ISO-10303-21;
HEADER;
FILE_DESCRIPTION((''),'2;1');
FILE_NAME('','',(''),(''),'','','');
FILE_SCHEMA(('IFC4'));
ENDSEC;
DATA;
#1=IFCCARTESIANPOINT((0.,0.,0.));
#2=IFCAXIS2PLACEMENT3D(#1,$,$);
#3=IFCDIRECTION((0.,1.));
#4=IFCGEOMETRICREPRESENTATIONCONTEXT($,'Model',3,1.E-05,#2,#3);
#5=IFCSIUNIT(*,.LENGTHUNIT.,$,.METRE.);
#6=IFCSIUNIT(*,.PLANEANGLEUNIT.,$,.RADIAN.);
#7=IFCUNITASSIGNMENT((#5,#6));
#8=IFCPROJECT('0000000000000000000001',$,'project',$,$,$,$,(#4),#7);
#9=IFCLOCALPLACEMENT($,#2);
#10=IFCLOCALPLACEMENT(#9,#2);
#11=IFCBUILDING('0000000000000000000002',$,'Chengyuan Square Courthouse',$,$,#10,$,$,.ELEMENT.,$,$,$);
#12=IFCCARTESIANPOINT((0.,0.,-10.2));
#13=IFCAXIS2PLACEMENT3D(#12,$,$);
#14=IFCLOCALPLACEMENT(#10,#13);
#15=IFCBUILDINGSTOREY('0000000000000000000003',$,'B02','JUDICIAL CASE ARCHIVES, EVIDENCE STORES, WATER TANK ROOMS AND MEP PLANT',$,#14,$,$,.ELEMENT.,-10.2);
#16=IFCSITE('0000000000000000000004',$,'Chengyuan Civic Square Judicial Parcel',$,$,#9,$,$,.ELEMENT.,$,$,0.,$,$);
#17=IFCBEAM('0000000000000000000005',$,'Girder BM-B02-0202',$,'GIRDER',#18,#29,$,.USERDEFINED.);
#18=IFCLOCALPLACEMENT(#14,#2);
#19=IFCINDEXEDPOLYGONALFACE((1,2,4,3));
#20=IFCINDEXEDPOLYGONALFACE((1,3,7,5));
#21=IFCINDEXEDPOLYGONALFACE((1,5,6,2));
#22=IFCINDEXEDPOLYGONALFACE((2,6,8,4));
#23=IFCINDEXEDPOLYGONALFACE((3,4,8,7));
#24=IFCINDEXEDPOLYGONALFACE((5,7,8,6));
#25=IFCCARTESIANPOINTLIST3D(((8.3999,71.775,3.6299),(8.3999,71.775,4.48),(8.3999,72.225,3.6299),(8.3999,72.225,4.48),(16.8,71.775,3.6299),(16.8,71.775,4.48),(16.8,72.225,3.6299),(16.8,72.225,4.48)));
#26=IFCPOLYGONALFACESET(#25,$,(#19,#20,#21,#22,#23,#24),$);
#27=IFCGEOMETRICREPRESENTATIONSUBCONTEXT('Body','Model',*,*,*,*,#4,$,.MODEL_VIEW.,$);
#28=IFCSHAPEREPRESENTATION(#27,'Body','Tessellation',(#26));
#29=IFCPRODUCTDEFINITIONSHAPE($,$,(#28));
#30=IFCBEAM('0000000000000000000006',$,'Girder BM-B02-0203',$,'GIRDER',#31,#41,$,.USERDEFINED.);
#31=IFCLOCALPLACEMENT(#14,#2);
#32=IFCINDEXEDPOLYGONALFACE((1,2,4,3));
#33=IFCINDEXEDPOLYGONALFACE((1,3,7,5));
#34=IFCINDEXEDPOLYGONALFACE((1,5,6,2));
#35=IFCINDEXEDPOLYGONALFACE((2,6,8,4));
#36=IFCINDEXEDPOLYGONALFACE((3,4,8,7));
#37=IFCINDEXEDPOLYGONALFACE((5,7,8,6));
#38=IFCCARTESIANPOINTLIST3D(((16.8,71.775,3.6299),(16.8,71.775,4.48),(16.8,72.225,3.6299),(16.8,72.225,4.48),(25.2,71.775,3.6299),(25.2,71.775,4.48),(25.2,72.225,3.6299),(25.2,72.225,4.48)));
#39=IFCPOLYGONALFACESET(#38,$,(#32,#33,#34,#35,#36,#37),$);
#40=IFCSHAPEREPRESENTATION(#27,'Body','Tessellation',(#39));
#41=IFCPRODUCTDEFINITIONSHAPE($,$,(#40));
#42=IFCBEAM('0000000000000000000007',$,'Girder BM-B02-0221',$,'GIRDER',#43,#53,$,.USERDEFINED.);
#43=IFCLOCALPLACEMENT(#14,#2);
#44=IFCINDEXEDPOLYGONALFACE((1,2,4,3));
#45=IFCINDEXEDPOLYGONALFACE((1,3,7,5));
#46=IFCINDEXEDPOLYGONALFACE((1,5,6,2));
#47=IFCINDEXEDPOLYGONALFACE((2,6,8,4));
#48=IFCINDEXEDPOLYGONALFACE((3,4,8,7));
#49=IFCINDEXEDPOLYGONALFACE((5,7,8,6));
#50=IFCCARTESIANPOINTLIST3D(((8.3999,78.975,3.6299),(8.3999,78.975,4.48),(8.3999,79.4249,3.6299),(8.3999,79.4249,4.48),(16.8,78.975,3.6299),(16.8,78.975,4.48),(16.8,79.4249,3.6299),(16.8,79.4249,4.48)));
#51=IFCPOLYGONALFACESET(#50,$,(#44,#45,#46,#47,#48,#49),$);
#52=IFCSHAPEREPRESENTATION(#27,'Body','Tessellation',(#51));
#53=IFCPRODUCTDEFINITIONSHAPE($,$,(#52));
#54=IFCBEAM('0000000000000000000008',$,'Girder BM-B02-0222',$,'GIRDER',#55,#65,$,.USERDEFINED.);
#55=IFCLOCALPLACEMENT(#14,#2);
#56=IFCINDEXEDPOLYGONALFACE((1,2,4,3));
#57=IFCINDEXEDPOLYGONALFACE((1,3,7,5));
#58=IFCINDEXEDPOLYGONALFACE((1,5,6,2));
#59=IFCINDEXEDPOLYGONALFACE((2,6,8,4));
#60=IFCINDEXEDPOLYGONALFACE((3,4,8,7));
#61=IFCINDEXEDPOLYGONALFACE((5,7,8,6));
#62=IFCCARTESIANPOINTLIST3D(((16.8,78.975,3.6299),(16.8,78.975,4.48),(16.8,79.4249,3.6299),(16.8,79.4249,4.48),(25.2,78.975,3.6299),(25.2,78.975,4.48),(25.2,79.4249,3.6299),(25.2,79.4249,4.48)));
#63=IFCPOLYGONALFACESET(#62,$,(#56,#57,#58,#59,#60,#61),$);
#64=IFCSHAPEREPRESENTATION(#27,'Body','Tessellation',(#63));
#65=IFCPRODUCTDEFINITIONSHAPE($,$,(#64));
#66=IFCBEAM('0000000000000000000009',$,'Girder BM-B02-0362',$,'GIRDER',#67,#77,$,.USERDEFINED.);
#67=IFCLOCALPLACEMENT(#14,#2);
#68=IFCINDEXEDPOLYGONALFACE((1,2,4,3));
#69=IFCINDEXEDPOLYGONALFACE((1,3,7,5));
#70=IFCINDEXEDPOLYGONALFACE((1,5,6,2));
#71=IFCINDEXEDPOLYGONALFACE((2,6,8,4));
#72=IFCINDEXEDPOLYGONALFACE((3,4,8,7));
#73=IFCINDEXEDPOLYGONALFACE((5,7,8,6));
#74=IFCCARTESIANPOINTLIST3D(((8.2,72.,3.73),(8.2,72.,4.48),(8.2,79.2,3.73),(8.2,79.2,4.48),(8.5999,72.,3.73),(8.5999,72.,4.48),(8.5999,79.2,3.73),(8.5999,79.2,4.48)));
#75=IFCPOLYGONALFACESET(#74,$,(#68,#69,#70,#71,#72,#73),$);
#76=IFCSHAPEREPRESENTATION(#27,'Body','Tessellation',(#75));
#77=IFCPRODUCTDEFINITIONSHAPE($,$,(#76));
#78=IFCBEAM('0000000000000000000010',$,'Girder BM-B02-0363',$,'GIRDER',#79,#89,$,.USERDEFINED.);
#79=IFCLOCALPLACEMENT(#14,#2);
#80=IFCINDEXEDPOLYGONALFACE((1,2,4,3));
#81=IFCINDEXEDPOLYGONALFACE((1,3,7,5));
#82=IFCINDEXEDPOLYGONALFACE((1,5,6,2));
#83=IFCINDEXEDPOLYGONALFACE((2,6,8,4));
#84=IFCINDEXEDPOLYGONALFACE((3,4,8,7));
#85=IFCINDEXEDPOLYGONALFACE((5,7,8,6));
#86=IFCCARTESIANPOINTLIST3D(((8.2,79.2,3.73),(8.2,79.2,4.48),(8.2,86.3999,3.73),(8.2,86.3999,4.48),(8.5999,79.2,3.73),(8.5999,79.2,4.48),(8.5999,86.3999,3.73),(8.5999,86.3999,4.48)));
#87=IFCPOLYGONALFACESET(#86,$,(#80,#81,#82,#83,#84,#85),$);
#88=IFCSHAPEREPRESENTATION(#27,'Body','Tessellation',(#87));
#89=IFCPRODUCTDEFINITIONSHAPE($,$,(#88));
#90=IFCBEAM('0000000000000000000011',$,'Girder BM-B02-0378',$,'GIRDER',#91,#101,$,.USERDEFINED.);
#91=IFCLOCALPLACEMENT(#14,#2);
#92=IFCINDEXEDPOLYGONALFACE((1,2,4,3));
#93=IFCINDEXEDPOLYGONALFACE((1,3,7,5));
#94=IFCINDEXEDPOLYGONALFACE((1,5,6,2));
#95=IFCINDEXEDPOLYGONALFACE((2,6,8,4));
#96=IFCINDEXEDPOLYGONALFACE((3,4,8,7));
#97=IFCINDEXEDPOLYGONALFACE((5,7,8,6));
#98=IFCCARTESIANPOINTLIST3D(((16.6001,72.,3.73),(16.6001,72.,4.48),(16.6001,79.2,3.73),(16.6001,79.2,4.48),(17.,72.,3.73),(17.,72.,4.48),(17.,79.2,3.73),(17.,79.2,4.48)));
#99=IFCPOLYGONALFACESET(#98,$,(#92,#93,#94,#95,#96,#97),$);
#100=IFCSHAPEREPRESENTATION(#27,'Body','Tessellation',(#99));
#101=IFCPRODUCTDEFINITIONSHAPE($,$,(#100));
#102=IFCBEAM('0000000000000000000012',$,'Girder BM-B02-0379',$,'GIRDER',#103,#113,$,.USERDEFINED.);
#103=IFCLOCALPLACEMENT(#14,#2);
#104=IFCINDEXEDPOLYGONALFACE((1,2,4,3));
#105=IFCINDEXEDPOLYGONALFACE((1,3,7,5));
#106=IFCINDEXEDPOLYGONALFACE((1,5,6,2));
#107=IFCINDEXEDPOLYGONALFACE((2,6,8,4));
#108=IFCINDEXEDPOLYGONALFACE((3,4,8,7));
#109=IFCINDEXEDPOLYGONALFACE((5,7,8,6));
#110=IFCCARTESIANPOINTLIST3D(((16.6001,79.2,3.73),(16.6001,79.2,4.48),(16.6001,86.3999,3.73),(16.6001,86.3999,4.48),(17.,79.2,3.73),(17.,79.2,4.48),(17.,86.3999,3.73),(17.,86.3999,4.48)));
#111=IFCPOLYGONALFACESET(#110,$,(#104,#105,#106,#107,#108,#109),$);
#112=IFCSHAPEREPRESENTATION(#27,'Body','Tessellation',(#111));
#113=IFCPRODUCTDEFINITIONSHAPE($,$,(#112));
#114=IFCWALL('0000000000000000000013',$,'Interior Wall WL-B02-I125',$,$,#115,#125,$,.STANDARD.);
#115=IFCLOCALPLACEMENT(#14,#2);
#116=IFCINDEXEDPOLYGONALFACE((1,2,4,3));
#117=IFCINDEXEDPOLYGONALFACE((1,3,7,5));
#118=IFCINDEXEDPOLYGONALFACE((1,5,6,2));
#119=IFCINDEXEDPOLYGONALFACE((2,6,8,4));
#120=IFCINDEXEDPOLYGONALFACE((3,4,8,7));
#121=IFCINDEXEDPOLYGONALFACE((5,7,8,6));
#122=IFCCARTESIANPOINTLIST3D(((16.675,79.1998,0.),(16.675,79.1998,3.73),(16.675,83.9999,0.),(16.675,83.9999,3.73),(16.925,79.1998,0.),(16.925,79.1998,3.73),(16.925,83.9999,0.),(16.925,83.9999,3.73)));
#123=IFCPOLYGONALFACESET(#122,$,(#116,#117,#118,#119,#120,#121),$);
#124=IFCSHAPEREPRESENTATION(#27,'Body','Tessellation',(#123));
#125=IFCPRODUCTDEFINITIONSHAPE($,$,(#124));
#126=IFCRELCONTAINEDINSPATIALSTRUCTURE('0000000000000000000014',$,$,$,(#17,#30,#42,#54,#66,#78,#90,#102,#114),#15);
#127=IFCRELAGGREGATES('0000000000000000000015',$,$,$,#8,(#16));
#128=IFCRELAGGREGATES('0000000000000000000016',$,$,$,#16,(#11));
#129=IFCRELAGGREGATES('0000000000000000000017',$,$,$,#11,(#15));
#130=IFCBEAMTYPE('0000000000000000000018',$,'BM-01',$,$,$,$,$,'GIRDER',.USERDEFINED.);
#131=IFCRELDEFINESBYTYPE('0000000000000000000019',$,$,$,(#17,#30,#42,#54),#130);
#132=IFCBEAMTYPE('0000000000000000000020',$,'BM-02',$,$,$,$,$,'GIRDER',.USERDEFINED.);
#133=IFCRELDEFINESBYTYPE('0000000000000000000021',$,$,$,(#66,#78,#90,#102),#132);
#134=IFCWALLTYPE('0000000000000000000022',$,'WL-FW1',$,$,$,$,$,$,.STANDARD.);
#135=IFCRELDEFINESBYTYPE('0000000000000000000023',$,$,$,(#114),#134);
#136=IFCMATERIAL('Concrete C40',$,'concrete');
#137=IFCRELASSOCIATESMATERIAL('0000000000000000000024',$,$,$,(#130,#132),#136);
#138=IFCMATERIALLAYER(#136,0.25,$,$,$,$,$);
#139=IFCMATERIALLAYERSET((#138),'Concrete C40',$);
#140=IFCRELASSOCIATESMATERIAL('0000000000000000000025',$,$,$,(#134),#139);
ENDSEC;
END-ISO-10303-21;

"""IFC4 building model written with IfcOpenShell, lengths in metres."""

from ifc_helpers import new_model, si_unit, direction, frame, frame_2d, origin, origin_2d, place, context, subcontext, project, spatial, rectangle, extrude, material, layer, layer_set, material_profile, profile_set, type_object, element, save


model = new_model("IFC4")

# Units and contexts
model_context = context("Model", 3, precision=1e-05, world=origin(), true_north=direction((0.0, 1.0)))
body_context = subcontext(model_context, "Body", "Model", "MODEL_VIEW")
ifc_project = project(units=[si_unit("LENGTHUNIT", "METRE"), si_unit("PLANEANGLEUNIT", "RADIAN")], contexts=[model_context])

# Site, building, storey
site_placement = place(None, origin())
site = spatial("IfcSite", under=ifc_project, at=site_placement, Name="Chengyuan Civic Square Judicial Parcel", CompositionType="ELEMENT", RefElevation=0.0)
building_placement = place(site_placement, origin())
building = spatial("IfcBuilding", under=site, at=building_placement, Name="Chengyuan Square Courthouse", CompositionType="ELEMENT")
storey_placement = place(building_placement, frame((0.0, 0.0, -10.2)))
storey = spatial("IfcBuildingStorey", under=building, at=storey_placement, Name="B02", Description="JUDICIAL CASE ARCHIVES, EVIDENCE STORES, WATER TANK ROOMS AND MEP PLANT", CompositionType="ELEMENT", Elevation=-10.2)

# Shared definitions
ifc_material_1 = material(Name="Concrete C40", Category="concrete")

# Beams
ifc_material_profile_1 = material_profile(ifc_material_1, rectangle(XDim=0.45, YDim=0.8501, at=origin_2d()), Name="RC-BM-450x850")
ifc_profile_set_1 = profile_set([ifc_material_profile_1], Name="Concrete C40")
beam_type_1 = type_object("IfcBeamType", Name="BM-01", ElementType="GIRDER", PredefinedType="USERDEFINED", material=ifc_profile_set_1)
beam_1_placement = place(storey_placement, frame((8.3999, 72.0, 4.0549), z_axis=(1.0, 0.0, 0.0), x_axis=(0.0, 1.0, 0.0)))
element("IfcBeam", 1, at=beam_1_placement, inside=storey, type_object=beam_type_1, Name="Girder BM-B02-0202", ObjectType="GIRDER", PredefinedType="USERDEFINED", context=body_context, shape_type="SweptSolid", body=[
    extrude(rectangle(XDim=0.45, YDim=0.8501, at=origin_2d()), origin(), (0.0, 0.0, 1.0), 8.4001),
])
beam_2_placement = place(storey_placement, frame((16.8, 72.0, 4.0549), z_axis=(1.0, 0.0, 0.0), x_axis=(0.0, 1.0, 0.0)))
element("IfcBeam", 2, at=beam_2_placement, inside=storey, type_object=beam_type_1, Name="Girder BM-B02-0203", ObjectType="GIRDER", PredefinedType="USERDEFINED", context=body_context, shape_type="SweptSolid", body=[
    extrude(rectangle(XDim=0.45, YDim=0.8501, at=origin_2d()), origin(), (0.0, 0.0, 1.0), 8.3999),
])
beam_3_placement = place(storey_placement, frame((8.3999, 79.2, 4.0549), z_axis=(1.0, 0.0, 0.0), x_axis=(0.0, 1.0, 0.0)))
element("IfcBeam", 3, at=beam_3_placement, inside=storey, type_object=beam_type_1, Name="Girder BM-B02-0221", ObjectType="GIRDER", PredefinedType="USERDEFINED", context=body_context, shape_type="SweptSolid", body=[
    extrude(rectangle(XDim=0.45, YDim=0.8501, at=origin_2d()), origin(), (0.0, 0.0, 1.0), 8.4001),
])
beam_4_placement = place(storey_placement, frame((16.8, 79.2, 4.0549), z_axis=(1.0, 0.0, 0.0), x_axis=(0.0, 1.0, 0.0)))
element("IfcBeam", 4, at=beam_4_placement, inside=storey, type_object=beam_type_1, Name="Girder BM-B02-0222", ObjectType="GIRDER", PredefinedType="USERDEFINED", context=body_context, shape_type="SweptSolid", body=[
    extrude(rectangle(XDim=0.45, YDim=0.8501, at=origin_2d()), origin(), (0.0, 0.0, 1.0), 8.3999),
])
ifc_material_profile_2 = material_profile(ifc_material_1, rectangle(XDim=0.3999, YDim=0.75, at=origin_2d()), Name="RC-BM-400x750")
ifc_profile_set_2 = profile_set([ifc_material_profile_2], Name="Concrete C40")
beam_type_2 = type_object("IfcBeamType", Name="BM-02", ElementType="GIRDER", PredefinedType="USERDEFINED", material=ifc_profile_set_2)
for number, where, z_axis, x_axis, name in (
    (5, (8.3999, 72.0, 4.105), (0.0, 1.0, 0.0), (-1.0, 0.0, 0.0), "Girder BM-B02-0362"),
    (6, (8.3999, 79.2, 4.105), (0.0, 1.0, 0.0), (-1.0, 0.0, 0.0), "Girder BM-B02-0363"),
    (7, (16.8, 72.0, 4.105), (0.0, 1.0, 0.0), (-1.0, 0.0, 0.0), "Girder BM-B02-0378"),
    (8, (16.8, 79.2, 4.105), (0.0, 1.0, 0.0), (-1.0, 0.0, 0.0), "Girder BM-B02-0379"),
):
    element("IfcBeam", number, at=place(storey_placement, frame(where, z_axis=z_axis, x_axis=x_axis)), inside=storey, type_object=beam_type_2, Name=name, ObjectType="GIRDER", PredefinedType="USERDEFINED", context=body_context, shape_type="SweptSolid", body=[
        extrude(rectangle(XDim=0.3999, YDim=0.75, at=origin_2d()), origin(), (0.0, 0.0, 1.0), 7.2),
    ])

# Wall
ifc_layer = layer(ifc_material_1, 0.25)
ifc_layer_set = layer_set([ifc_layer], Name="Concrete C40")
wall_type = type_object("IfcWallType", Name="WL-FW1", PredefinedType="STANDARD", material=ifc_layer_set)
wall_placement = place(storey_placement, frame((16.8, 79.2, 0.0), z_axis=(0.0, 0.0, 1.0), x_axis=(0.0, 1.0, 0.0)))
element("IfcWall", 9, at=wall_placement, inside=storey, type_object=wall_type, Name="Interior Wall WL-B02-I125", PredefinedType="STANDARD", context=body_context, shape_type="SweptSolid", body=[
    extrude(rectangle(XDim=4.8, YDim=0.25, at=frame_2d((2.3999, 0.0))), origin(), (0.0, 0.0, 1.0), 3.73),
])

save(model, "model.ifc")
